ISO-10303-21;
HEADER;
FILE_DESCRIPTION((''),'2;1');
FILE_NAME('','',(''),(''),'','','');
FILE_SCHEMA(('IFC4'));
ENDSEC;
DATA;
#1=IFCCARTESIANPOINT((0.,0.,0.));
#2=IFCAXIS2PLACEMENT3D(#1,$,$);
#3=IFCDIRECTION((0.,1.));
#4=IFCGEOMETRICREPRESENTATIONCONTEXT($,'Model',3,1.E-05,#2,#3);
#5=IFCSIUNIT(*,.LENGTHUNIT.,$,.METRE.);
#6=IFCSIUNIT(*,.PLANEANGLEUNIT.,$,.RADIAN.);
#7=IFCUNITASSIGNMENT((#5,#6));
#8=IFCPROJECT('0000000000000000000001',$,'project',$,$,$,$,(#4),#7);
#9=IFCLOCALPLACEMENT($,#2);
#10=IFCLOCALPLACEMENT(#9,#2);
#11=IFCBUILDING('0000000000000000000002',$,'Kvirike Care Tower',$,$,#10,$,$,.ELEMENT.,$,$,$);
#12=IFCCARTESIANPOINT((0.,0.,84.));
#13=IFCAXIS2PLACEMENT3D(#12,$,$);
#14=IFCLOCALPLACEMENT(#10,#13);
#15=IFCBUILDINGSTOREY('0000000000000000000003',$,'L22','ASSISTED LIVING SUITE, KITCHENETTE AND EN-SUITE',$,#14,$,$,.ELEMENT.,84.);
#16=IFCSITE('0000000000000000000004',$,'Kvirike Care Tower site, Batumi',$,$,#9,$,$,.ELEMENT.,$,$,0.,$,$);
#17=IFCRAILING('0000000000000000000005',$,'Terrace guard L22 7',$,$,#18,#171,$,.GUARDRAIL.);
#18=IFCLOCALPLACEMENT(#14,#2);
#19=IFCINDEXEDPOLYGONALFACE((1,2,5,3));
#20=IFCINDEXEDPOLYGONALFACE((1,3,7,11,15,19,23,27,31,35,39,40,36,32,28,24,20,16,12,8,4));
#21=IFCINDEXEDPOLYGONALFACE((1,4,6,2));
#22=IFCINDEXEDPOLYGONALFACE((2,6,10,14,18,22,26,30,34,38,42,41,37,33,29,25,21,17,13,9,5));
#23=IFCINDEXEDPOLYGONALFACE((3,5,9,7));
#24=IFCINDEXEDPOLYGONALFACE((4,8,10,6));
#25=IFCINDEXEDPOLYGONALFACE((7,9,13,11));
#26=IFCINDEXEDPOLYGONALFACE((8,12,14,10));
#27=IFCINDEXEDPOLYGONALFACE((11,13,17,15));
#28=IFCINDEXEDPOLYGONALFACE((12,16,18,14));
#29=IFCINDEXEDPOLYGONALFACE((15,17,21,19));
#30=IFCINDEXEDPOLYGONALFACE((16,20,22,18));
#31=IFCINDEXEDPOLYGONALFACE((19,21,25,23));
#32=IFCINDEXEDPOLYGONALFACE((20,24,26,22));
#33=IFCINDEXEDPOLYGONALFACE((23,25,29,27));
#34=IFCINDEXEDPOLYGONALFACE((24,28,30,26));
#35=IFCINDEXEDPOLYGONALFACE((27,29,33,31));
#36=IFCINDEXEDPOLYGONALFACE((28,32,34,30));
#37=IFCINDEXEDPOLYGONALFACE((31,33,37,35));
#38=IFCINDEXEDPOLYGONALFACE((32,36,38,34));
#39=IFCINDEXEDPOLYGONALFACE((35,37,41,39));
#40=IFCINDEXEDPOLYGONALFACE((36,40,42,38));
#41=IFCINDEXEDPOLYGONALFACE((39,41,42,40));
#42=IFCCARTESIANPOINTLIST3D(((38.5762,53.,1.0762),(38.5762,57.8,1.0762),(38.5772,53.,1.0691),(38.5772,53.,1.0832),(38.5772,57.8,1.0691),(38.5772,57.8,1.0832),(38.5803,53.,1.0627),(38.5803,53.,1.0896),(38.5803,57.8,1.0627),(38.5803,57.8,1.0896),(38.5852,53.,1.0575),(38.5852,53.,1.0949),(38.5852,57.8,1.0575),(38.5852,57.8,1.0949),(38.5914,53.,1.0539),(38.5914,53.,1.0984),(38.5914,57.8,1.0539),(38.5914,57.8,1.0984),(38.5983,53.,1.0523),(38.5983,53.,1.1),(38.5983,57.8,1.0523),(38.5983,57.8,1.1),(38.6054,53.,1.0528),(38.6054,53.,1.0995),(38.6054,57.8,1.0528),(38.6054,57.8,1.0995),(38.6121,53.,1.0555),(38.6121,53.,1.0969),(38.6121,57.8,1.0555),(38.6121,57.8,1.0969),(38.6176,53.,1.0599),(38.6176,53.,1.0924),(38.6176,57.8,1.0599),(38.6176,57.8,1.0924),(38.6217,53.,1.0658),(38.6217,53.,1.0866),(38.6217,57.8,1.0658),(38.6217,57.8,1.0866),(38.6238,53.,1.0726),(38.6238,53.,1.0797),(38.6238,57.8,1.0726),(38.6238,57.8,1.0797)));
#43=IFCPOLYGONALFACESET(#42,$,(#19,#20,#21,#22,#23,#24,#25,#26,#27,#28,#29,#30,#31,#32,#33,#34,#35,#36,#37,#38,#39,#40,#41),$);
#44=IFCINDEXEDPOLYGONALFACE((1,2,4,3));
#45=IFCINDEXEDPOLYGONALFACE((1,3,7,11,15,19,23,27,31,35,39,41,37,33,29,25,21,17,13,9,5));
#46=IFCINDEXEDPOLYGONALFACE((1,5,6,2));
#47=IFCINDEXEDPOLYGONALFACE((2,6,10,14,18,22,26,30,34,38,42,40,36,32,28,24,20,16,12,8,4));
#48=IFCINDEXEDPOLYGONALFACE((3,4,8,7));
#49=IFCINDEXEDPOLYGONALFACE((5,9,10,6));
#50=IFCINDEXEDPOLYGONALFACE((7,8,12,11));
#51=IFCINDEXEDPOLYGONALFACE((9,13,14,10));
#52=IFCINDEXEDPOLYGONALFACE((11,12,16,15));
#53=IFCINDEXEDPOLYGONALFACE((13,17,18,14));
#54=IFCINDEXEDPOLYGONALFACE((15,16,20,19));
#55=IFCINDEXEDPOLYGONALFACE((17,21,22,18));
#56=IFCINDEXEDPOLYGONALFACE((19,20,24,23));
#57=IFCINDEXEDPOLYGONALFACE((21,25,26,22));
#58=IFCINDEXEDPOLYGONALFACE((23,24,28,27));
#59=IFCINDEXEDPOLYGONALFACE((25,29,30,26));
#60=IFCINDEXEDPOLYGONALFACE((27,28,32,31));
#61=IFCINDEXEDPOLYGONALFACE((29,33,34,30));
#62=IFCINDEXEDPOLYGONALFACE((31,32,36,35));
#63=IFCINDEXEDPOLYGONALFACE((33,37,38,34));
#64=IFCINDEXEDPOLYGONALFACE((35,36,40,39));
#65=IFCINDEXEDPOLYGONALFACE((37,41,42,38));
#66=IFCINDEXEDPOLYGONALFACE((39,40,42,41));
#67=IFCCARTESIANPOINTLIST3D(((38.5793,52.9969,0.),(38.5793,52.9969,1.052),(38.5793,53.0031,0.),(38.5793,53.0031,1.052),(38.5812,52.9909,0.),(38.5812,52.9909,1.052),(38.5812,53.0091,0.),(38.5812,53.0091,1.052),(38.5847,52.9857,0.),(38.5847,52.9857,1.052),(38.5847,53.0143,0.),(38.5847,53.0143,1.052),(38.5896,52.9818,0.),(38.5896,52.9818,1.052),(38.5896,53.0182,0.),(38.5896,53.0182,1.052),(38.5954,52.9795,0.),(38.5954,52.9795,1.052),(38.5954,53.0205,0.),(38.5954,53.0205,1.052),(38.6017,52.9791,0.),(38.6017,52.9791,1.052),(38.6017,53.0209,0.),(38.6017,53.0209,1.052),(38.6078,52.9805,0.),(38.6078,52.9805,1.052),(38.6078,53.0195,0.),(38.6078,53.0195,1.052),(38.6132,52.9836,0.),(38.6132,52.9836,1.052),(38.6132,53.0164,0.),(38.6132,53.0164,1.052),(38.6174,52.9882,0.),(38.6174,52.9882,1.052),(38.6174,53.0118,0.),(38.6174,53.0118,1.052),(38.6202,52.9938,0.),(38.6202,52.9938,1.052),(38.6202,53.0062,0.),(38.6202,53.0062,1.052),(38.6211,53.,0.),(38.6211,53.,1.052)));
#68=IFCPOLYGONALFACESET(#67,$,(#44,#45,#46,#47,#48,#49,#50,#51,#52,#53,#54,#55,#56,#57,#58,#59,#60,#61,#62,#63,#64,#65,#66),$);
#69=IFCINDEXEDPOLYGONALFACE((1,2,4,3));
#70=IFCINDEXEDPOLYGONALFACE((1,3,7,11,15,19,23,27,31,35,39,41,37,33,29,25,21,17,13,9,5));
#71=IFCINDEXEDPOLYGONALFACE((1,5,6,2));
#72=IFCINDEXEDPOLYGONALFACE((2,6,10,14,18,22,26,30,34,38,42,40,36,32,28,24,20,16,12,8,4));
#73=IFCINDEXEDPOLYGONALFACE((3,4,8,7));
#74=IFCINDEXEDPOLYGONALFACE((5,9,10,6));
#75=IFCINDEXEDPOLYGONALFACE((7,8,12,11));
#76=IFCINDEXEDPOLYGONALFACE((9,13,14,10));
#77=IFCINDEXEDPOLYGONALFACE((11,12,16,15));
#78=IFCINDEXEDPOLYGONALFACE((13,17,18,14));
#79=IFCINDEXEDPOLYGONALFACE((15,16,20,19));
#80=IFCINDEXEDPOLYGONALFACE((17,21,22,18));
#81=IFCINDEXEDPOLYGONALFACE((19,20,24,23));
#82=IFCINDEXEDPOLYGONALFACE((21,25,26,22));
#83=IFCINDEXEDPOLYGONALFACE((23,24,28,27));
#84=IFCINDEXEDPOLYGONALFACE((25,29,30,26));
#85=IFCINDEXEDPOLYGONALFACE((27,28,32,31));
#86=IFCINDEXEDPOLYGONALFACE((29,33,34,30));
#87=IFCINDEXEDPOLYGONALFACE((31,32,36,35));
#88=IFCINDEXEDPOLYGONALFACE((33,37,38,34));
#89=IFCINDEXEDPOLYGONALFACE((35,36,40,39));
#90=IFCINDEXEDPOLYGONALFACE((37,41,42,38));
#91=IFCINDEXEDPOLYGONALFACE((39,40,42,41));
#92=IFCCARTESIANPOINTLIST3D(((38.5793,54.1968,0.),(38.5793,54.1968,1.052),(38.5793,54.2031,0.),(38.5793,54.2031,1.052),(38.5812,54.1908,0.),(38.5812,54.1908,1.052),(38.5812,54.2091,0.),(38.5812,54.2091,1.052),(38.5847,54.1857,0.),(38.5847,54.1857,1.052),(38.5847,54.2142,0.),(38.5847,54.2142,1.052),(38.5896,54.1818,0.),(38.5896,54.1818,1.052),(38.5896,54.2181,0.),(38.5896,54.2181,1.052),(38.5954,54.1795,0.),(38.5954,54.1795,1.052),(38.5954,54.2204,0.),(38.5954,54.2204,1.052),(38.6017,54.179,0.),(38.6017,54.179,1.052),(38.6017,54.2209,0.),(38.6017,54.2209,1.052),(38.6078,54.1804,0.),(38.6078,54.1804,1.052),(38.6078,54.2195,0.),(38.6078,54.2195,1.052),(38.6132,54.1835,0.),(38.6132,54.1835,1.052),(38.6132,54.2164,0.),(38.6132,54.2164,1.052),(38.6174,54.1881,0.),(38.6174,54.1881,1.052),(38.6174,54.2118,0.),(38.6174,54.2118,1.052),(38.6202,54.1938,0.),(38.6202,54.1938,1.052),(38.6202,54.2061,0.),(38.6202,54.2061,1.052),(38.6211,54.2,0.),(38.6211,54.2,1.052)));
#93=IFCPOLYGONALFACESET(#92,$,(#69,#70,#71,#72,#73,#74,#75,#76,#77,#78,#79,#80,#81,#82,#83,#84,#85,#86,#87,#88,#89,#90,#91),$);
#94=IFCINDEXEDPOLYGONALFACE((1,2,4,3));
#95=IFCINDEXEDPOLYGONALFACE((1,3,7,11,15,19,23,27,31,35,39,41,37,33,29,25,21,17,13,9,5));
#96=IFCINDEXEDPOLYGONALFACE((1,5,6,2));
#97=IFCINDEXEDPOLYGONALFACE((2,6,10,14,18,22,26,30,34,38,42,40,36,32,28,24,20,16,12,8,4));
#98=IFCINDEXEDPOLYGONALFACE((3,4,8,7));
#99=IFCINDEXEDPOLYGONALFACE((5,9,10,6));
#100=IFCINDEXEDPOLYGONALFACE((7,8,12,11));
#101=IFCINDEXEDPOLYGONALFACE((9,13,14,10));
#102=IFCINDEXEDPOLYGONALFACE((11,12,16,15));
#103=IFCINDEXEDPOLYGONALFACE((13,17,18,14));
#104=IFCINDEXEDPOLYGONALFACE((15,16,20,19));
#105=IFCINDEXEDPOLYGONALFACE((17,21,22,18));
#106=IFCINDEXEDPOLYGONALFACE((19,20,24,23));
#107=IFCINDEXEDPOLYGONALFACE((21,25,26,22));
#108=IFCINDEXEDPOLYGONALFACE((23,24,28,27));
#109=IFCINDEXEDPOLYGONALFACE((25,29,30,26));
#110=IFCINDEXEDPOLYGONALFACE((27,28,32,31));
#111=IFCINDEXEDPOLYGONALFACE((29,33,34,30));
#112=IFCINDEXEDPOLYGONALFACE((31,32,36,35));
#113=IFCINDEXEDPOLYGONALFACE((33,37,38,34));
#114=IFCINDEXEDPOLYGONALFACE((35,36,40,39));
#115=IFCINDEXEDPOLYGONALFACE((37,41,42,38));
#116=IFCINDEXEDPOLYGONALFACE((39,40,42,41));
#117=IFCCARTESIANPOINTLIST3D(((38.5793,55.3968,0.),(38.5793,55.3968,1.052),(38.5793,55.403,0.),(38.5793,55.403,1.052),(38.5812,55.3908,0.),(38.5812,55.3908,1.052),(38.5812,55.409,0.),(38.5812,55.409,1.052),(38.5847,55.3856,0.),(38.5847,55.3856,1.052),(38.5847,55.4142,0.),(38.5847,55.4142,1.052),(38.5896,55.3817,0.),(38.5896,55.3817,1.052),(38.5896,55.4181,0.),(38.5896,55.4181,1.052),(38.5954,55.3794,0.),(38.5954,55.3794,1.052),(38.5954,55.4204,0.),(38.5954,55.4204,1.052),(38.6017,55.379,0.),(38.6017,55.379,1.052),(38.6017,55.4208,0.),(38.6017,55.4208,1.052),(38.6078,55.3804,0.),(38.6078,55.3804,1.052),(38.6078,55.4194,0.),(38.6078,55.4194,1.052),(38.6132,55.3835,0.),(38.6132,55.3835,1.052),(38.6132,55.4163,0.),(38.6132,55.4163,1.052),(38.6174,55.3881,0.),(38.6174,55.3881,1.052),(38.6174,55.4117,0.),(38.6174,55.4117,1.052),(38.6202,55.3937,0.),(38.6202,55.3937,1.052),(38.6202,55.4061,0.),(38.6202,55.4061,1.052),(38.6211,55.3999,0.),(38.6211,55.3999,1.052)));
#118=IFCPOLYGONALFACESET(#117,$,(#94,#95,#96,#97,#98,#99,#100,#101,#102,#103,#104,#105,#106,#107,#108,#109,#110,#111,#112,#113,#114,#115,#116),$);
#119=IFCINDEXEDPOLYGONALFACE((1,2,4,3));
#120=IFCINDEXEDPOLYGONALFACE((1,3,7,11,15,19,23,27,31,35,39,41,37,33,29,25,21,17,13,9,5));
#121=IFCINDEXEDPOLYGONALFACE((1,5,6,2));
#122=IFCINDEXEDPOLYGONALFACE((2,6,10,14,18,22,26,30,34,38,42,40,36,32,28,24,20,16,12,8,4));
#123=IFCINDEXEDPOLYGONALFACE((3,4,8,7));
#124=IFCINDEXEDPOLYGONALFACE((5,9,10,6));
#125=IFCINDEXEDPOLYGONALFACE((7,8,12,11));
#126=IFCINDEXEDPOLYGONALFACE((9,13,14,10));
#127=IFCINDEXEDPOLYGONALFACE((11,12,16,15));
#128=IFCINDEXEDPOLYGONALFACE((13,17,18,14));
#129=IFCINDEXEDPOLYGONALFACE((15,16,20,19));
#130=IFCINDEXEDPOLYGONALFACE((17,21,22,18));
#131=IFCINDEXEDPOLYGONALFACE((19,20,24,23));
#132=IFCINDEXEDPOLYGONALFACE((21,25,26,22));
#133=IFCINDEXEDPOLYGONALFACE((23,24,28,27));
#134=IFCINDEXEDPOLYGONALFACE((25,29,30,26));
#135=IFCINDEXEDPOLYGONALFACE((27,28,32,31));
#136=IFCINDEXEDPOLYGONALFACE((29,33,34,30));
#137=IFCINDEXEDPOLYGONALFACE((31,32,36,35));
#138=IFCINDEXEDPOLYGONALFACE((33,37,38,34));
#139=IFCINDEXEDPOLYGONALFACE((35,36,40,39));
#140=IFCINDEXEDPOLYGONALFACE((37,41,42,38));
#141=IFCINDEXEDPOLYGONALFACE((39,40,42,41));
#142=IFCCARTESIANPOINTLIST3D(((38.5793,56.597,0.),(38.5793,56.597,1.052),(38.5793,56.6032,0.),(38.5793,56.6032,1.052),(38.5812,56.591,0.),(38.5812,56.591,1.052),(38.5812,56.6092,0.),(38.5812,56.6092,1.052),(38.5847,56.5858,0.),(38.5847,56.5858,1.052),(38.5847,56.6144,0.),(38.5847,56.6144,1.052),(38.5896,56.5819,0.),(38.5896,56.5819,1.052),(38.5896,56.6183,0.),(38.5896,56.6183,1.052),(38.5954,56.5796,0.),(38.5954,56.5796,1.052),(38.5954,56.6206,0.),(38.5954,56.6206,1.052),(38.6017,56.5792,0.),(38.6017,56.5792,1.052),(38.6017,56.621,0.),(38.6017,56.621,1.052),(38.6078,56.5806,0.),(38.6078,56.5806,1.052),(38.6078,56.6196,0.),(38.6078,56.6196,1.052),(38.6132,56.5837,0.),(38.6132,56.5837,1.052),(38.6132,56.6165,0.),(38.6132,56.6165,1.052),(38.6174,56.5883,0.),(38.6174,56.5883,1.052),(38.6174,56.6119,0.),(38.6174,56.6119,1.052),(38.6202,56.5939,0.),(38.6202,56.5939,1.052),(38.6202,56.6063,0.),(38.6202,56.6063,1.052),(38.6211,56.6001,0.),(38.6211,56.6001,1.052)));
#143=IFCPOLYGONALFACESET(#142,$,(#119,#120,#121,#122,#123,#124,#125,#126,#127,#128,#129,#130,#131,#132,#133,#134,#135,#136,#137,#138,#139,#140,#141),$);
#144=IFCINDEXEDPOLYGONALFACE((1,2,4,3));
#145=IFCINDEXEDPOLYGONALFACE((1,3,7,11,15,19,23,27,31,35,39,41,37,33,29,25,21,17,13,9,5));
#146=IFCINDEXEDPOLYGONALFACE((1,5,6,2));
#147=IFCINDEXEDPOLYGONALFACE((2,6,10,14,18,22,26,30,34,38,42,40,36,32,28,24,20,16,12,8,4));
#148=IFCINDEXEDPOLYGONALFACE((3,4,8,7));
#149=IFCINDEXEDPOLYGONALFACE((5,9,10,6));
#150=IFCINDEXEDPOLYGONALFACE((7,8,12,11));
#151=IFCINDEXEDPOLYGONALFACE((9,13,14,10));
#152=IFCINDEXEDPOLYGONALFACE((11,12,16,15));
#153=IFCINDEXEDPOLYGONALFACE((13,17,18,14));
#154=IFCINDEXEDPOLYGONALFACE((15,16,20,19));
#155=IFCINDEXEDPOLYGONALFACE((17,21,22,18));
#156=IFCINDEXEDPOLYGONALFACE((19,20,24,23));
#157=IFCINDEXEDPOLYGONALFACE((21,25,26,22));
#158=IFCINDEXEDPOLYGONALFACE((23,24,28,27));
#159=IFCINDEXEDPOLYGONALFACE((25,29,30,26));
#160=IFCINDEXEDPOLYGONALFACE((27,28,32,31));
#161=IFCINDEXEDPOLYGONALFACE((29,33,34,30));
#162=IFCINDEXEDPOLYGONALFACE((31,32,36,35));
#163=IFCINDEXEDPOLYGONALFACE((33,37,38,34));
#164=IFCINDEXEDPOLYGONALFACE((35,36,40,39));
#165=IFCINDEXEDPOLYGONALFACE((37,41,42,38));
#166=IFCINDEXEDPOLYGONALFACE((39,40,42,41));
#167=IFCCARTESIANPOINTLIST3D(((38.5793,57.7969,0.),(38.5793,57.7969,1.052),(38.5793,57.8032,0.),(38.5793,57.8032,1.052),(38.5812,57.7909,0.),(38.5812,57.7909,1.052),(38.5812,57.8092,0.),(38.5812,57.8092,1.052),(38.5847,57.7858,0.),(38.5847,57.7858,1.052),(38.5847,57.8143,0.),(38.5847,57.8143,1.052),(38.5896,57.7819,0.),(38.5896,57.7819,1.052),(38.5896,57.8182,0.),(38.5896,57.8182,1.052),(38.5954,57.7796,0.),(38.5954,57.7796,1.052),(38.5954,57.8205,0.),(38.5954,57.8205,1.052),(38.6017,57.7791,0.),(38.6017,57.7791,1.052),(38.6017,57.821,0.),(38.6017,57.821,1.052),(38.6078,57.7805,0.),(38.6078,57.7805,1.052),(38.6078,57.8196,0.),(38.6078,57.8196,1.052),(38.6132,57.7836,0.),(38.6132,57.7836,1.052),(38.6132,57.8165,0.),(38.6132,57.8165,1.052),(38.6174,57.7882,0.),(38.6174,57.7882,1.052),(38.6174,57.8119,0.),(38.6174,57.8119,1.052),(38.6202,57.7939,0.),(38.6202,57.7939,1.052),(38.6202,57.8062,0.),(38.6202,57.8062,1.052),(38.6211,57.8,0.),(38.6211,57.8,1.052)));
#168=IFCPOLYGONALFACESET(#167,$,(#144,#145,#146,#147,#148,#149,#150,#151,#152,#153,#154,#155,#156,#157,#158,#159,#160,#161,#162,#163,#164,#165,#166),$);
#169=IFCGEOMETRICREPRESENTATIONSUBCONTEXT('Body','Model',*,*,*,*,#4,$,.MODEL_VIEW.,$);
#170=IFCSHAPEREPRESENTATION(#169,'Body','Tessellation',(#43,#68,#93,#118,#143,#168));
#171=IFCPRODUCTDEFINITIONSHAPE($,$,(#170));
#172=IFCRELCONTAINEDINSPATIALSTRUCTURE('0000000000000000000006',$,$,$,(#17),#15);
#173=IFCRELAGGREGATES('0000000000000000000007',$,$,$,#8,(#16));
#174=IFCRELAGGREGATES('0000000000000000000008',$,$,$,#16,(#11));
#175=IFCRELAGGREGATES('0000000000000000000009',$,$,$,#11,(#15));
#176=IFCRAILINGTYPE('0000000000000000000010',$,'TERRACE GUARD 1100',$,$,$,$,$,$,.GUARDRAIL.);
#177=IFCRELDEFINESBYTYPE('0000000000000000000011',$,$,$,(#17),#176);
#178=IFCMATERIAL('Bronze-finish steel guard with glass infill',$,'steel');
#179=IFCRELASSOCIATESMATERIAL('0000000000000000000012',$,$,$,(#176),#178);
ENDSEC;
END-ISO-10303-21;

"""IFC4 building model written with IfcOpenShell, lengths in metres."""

from ifc_helpers import new_model, si_unit, direction, frame, origin, origin_2d, place, context, subcontext, project, spatial, circle, extrude, material, type_object, element, save


model = new_model("IFC4")

# Units and contexts
model_context = context("Model", 3, precision=1e-05, world=origin(), true_north=direction((0.0, 1.0)))
body_context = subcontext(model_context, "Body", "Model", "MODEL_VIEW")
ifc_project = project(units=[si_unit("LENGTHUNIT", "METRE"), si_unit("PLANEANGLEUNIT", "RADIAN")], contexts=[model_context])

# Site, building, storey
site_placement = place(None, origin())
site = spatial("IfcSite", under=ifc_project, at=site_placement, Name="Kvirike Care Tower site, Batumi", CompositionType="ELEMENT", RefElevation=0.0)
building_placement = place(site_placement, origin())
building = spatial("IfcBuilding", under=site, at=building_placement, Name="Kvirike Care Tower", CompositionType="ELEMENT")
storey_placement = place(building_placement, frame((0.0, 0.0, 84.0)))
storey = spatial("IfcBuildingStorey", under=building, at=storey_placement, Name="L22", Description="ASSISTED LIVING SUITE, KITCHENETTE AND EN-SUITE", CompositionType="ELEMENT", Elevation=84.0)

# Railing
ifc_material_1 = material(Name="Bronze-finish steel guard with glass infill", Category="steel")
railing_type = type_object("IfcRailingType", Name="TERRACE GUARD 1100", PredefinedType="GUARDRAIL", material=ifc_material_1)
railing_1_placement = place(storey_placement, frame((38.6001, 53.0, 0.0)))
element("IfcRailing", 1, at=railing_1_placement, inside=storey, type_object=railing_type, Name="Terrace guard L22 7", PredefinedType="GUARDRAIL", context=body_context, shape_type="SweptSolid", body=[
    extrude(circle(Radius=0.0239, at=origin_2d()), frame((0.0, 0.0, 1.0762), z_axis=(0.0, 1.0, 0.0), x_axis=(-1.0, 0.0, 0.0)), (0.0, 0.0, 1.0), 4.8),
    extrude(circle(Radius=0.021, at=origin_2d()), origin(), (0.0, 0.0, 1.0), 1.052),
    extrude(circle(Radius=0.021, at=origin_2d()), frame((0.0, 1.2, 0.0)), (0.0, 0.0, 1.0), 1.052),
    extrude(circle(Radius=0.021, at=origin_2d()), frame((0.0, 2.3999, 0.0)), (0.0, 0.0, 1.0), 1.052),
    extrude(circle(Radius=0.021, at=origin_2d()), frame((0.0, 3.6001, 0.0)), (0.0, 0.0, 1.0), 1.052),
    extrude(circle(Radius=0.021, at=origin_2d()), frame((0.0, 4.8, 0.0)), (0.0, 0.0, 1.0), 1.052),
])

save(model, "model.ifc")
